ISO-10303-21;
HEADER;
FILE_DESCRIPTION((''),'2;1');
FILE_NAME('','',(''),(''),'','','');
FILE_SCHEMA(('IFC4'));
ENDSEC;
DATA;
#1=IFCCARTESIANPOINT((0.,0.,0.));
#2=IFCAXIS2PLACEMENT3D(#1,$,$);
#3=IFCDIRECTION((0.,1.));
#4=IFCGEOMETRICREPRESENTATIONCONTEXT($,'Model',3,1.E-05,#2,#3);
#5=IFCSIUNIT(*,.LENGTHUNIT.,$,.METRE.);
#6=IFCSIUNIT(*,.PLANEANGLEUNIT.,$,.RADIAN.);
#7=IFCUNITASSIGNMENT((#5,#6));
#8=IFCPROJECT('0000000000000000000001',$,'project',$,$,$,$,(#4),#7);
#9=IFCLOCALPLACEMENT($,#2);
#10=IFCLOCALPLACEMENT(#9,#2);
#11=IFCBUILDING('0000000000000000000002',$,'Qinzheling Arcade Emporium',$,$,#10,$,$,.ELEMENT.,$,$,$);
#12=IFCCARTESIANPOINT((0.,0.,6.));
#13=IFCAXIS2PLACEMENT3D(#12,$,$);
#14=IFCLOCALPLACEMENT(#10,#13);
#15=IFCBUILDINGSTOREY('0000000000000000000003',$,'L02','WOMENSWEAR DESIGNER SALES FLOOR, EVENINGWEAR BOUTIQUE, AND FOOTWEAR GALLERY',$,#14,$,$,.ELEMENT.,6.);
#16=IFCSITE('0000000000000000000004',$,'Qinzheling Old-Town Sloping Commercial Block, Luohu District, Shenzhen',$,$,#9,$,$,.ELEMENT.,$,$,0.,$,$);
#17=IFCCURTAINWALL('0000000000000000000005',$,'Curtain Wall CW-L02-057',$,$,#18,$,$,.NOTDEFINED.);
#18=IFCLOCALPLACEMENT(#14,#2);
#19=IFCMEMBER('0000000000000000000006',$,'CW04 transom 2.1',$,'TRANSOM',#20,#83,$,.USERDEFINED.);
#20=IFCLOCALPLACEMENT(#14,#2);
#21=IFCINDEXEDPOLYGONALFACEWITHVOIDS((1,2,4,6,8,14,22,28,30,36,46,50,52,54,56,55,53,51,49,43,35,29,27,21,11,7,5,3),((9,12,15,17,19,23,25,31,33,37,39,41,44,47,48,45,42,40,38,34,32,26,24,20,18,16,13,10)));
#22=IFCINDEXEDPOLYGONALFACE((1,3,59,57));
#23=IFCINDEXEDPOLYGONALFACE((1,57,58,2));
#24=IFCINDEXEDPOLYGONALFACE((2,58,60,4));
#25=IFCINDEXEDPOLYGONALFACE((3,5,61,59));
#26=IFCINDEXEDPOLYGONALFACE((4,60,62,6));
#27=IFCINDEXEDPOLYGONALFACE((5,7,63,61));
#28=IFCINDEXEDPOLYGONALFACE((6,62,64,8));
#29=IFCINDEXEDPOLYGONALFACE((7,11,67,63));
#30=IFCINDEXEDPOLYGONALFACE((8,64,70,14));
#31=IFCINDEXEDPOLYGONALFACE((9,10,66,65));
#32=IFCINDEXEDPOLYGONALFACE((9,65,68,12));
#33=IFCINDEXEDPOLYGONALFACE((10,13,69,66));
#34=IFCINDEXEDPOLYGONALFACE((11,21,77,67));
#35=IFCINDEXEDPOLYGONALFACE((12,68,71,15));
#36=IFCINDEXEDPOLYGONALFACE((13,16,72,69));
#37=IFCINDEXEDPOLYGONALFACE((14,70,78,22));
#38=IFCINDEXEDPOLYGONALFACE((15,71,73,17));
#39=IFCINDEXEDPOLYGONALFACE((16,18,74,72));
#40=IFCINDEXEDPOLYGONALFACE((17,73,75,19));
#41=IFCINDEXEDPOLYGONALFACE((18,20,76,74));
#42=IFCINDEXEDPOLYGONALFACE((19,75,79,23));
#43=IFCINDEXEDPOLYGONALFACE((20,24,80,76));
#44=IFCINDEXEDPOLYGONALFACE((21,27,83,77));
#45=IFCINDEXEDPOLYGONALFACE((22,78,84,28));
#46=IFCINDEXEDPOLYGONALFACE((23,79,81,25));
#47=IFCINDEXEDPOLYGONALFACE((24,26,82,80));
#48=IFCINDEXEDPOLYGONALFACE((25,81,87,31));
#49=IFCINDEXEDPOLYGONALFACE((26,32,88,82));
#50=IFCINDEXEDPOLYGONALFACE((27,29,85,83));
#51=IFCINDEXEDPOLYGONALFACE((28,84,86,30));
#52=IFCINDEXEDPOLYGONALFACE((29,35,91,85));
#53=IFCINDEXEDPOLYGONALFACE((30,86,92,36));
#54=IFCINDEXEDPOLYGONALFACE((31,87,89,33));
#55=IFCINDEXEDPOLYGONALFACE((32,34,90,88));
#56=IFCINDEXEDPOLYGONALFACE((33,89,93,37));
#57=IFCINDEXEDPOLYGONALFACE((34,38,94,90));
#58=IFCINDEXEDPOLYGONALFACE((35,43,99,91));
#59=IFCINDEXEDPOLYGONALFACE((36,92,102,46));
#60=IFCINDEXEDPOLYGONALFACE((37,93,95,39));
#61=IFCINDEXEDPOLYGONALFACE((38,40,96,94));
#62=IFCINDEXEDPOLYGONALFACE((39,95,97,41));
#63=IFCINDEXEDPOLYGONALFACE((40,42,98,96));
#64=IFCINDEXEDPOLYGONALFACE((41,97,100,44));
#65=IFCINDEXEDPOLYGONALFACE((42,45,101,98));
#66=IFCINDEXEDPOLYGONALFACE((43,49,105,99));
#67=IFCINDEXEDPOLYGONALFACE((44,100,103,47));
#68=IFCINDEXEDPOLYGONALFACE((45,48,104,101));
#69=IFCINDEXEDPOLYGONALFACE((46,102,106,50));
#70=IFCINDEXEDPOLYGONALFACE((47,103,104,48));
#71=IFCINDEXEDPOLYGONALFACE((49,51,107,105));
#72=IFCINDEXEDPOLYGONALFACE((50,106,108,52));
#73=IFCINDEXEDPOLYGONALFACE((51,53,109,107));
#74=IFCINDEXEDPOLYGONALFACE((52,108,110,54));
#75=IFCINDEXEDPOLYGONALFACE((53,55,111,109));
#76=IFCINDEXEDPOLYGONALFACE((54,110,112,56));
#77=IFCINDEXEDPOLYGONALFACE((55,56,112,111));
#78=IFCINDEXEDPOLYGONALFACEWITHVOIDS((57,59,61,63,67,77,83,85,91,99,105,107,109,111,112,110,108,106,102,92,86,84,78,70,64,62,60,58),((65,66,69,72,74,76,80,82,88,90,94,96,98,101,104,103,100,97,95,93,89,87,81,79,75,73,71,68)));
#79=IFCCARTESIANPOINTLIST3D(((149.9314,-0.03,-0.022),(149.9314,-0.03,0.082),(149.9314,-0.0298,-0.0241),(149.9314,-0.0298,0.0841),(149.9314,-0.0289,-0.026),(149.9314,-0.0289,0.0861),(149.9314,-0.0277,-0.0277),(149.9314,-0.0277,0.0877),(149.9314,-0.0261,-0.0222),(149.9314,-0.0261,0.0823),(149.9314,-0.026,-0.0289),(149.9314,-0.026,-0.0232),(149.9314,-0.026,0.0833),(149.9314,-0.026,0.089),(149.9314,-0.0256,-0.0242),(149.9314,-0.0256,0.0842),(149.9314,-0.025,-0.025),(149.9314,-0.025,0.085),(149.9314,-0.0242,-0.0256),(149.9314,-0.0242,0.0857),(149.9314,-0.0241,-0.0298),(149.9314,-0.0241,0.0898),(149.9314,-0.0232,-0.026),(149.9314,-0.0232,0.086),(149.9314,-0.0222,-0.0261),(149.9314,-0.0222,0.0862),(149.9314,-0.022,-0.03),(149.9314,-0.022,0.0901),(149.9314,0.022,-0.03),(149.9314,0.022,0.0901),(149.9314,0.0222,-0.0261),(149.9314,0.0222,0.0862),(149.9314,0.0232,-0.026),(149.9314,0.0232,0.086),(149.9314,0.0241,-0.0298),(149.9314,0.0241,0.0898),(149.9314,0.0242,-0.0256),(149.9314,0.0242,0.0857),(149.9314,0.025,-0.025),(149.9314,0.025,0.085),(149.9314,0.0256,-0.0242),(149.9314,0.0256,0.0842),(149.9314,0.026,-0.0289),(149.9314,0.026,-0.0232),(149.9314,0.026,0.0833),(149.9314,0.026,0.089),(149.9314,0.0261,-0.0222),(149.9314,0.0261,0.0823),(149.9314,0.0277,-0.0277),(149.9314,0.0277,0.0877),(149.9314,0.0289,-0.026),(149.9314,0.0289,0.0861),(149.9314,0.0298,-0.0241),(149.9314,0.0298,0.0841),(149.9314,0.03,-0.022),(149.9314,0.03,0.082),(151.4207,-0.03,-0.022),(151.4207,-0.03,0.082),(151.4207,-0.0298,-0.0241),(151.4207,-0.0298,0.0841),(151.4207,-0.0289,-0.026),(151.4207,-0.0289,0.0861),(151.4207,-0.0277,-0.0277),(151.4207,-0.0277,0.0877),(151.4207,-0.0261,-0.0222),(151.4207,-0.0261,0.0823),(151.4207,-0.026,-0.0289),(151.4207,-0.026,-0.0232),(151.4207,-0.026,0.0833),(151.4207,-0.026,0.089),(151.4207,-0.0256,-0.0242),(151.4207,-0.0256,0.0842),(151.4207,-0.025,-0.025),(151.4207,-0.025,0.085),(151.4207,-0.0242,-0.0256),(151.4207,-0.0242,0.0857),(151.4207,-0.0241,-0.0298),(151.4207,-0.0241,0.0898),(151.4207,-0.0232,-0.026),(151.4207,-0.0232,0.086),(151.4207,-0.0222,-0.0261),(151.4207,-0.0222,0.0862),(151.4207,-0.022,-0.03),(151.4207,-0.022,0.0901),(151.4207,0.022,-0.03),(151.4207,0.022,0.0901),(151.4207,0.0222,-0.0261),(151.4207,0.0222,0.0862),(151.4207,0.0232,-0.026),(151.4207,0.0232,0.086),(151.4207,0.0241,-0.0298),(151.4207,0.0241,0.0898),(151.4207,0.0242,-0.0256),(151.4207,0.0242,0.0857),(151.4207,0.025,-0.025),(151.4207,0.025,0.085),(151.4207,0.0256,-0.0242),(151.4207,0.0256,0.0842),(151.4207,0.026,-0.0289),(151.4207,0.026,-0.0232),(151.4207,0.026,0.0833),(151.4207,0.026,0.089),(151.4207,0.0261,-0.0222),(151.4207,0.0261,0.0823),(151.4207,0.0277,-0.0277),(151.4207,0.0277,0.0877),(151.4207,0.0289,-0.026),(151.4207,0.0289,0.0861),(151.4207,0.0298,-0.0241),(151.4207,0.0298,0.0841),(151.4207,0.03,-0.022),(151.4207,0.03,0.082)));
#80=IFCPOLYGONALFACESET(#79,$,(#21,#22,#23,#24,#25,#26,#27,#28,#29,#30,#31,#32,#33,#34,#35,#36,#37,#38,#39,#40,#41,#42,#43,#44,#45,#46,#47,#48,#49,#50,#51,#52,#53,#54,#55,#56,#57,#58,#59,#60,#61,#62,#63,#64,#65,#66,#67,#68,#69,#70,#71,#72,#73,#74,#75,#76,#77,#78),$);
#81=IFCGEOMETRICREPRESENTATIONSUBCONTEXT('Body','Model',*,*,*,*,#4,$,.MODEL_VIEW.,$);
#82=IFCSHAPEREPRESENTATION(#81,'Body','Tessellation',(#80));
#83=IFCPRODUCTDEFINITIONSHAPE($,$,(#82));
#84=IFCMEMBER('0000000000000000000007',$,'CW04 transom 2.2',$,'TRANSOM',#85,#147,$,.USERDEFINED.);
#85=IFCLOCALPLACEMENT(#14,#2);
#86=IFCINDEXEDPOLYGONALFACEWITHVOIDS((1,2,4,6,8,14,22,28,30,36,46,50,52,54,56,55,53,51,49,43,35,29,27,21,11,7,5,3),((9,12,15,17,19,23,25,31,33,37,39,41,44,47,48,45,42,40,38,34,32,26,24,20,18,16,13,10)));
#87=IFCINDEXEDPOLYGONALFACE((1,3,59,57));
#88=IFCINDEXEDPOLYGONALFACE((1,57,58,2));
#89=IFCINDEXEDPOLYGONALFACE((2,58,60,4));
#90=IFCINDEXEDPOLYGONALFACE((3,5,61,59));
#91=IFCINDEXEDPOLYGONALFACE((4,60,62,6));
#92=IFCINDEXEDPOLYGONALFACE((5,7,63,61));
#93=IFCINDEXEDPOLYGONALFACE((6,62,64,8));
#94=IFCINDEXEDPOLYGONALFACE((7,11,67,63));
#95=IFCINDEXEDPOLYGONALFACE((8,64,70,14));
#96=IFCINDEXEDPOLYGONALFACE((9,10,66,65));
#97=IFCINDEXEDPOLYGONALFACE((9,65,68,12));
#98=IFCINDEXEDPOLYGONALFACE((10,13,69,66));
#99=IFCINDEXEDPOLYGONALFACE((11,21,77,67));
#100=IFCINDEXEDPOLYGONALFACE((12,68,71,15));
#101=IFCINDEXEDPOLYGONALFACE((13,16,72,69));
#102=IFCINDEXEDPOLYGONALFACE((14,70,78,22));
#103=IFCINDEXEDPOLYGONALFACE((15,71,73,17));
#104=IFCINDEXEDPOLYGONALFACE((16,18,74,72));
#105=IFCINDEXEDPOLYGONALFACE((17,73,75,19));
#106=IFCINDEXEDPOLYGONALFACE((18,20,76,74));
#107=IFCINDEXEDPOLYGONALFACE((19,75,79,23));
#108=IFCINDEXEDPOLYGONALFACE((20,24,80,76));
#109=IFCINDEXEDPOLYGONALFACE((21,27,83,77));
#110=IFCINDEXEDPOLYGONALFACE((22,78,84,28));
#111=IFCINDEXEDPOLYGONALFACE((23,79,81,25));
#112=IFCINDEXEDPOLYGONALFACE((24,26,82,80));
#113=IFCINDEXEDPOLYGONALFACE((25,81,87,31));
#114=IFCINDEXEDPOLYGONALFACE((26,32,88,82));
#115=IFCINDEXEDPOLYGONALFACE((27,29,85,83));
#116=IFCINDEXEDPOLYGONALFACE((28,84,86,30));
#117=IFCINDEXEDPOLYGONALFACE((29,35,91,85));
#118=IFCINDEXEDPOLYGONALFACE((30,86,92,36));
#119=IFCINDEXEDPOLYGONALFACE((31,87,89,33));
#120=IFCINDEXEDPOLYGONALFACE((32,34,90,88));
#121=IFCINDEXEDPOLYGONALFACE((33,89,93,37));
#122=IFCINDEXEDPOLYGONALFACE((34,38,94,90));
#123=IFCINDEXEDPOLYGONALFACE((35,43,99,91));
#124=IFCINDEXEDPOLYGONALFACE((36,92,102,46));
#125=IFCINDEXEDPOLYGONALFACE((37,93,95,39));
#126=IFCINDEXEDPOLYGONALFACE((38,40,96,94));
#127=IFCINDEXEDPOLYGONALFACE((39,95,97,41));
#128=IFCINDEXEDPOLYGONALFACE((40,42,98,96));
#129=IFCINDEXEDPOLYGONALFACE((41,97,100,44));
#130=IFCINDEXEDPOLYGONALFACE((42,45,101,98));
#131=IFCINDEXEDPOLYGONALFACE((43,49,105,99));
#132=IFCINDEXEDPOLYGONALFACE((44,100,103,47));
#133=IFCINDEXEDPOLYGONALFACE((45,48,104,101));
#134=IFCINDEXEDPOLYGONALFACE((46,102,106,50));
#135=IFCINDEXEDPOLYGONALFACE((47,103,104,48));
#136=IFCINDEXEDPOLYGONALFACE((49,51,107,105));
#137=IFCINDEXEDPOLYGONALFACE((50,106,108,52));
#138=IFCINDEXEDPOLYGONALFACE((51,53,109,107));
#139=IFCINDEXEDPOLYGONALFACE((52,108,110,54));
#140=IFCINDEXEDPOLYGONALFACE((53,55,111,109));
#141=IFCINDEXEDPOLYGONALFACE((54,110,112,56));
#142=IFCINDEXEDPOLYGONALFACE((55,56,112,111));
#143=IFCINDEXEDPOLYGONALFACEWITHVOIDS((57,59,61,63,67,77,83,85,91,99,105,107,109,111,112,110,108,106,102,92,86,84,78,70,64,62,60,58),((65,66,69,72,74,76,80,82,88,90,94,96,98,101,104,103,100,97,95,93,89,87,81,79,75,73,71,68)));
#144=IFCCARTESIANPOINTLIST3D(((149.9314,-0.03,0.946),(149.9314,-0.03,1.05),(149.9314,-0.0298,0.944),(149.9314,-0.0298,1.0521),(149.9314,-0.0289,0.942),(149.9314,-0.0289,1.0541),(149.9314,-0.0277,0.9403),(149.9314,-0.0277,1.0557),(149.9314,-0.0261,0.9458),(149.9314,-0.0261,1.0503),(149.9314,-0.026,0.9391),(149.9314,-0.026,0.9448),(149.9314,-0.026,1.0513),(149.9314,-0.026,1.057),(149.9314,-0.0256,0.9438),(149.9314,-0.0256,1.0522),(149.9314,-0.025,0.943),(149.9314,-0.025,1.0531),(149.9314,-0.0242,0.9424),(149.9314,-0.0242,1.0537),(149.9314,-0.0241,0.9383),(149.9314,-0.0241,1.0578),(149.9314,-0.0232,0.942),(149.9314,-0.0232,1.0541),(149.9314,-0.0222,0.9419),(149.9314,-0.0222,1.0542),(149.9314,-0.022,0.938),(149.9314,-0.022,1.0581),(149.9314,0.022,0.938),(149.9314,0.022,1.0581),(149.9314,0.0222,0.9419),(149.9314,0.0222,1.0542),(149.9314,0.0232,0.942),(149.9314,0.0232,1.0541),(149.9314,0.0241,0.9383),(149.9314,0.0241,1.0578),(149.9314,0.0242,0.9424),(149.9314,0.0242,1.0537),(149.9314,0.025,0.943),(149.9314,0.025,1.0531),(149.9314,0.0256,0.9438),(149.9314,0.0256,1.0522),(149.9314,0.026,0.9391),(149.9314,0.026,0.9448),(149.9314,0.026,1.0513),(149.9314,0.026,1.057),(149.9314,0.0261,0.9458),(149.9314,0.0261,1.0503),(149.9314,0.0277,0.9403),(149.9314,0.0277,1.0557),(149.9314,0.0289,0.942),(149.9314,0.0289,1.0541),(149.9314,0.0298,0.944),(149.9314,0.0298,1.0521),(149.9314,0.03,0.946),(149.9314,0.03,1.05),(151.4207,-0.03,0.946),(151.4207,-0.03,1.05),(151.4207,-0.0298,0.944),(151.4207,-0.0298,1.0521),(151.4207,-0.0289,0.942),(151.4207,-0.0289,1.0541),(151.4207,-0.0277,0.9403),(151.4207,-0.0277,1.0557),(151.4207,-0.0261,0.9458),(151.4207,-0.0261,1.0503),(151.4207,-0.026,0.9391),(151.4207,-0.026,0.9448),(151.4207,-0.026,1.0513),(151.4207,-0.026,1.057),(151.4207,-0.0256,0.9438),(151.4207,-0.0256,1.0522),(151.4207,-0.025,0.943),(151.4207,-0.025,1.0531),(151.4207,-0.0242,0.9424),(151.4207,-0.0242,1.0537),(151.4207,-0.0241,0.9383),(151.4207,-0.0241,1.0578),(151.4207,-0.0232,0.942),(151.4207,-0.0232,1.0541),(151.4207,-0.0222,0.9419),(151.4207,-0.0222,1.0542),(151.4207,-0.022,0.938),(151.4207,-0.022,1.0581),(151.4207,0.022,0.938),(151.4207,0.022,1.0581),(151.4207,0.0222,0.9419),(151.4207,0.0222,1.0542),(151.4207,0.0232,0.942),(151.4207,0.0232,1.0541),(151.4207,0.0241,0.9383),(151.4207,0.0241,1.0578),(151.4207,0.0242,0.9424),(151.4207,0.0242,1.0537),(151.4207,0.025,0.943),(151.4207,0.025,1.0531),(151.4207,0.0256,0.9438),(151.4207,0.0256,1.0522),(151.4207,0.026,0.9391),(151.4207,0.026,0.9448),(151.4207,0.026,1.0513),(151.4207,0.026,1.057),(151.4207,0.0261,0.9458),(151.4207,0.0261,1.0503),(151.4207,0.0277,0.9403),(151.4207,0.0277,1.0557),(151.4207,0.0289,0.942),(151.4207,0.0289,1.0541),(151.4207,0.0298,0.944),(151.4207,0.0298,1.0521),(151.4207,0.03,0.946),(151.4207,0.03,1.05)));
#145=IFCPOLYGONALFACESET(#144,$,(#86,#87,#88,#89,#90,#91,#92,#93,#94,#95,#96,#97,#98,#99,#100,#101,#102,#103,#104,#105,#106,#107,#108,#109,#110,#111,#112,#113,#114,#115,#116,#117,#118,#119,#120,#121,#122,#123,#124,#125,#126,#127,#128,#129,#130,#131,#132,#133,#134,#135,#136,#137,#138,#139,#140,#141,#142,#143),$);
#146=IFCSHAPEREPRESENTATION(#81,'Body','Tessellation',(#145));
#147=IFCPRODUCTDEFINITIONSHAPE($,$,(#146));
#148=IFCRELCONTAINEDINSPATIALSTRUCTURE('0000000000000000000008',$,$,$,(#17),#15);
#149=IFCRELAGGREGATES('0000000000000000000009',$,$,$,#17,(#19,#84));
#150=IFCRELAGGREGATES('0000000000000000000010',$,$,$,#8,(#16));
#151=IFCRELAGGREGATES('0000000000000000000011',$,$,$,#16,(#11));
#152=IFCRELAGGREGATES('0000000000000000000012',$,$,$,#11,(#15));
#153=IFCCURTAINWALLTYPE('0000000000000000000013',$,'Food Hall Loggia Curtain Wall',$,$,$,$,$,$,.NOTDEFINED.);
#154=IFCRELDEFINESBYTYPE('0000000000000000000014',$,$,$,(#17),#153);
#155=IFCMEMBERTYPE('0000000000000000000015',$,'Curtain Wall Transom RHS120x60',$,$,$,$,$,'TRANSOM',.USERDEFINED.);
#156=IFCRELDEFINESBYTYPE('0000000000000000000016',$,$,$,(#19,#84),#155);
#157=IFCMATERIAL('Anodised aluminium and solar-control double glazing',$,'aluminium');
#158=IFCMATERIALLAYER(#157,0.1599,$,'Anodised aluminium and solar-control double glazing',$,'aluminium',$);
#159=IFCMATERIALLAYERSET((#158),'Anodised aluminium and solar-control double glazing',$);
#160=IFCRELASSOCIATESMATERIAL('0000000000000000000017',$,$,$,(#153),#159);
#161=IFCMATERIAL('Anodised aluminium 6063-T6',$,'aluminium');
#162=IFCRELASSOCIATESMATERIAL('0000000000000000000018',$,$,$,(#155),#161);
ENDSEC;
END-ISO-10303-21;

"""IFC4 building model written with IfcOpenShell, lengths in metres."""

from ifc_helpers import new_model, si_unit, direction, frame, origin, origin_2d, place, context, subcontext, project, spatial, hollow_rectangle, extrude, material, layer, layer_set, material_profile, profile_set, type_object, element, aggregate, save


model = new_model("IFC4")

# Units and contexts
model_context = context("Model", 3, precision=1e-05, world=origin(), true_north=direction((0.0, 1.0)))
body_context = subcontext(model_context, "Body", "Model", "MODEL_VIEW")
ifc_project = project(units=[si_unit("LENGTHUNIT", "METRE"), si_unit("PLANEANGLEUNIT", "RADIAN")], contexts=[model_context])

# Site, building, storey
site_placement = place(None, origin())
site = spatial("IfcSite", under=ifc_project, at=site_placement, Name="Qinzheling Old-Town Sloping Commercial Block, Luohu District, Shenzhen", CompositionType="ELEMENT", RefElevation=0.0)
building_placement = place(site_placement, origin())
building = spatial("IfcBuilding", under=site, at=building_placement, Name="Qinzheling Arcade Emporium", CompositionType="ELEMENT")
storey_placement = place(building_placement, frame((0.0, 0.0, 6.0)))
storey = spatial("IfcBuildingStorey", under=building, at=storey_placement, Name="L02", Description="WOMENSWEAR DESIGNER SALES FLOOR, EVENINGWEAR BOUTIQUE, AND FOOTWEAR GALLERY", CompositionType="ELEMENT", Elevation=6.0)

# Shared definitions
ifc_material_1 = material(Name="Anodised aluminium and solar-control double glazing", Category="aluminium")
ifc_material_2 = material(Name="Anodised aluminium 6063-T6", Category="aluminium")

# Curtain wall
ifc_layer_1 = layer(ifc_material_1, 0.1599, Name="Anodised aluminium and solar-control double glazing", Category="aluminium")
ifc_layer_set_1 = layer_set([ifc_layer_1], Name="Anodised aluminium and solar-control double glazing")
curtain_wall_type_1 = type_object("IfcCurtainWallType", Name="Food Hall Loggia Curtain Wall", PredefinedType="NOTDEFINED", material=ifc_layer_set_1)
curtain_wall_1_placement = place(storey_placement, origin())
curtain_wall_1 = element("IfcCurtainWall", 1, at=curtain_wall_1_placement, inside=storey, type_object=curtain_wall_type_1, Name="Curtain Wall CW-L02-057", PredefinedType="NOTDEFINED")

# Members
ifc_material_profile_1 = material_profile(ifc_material_2, hollow_rectangle(XDim=0.0601, YDim=0.1201, WallThickness=0.0039, InnerFilletRadius=0.0039, OuterFilletRadius=0.0081, at=origin_2d()), Name="RHS 120x60x4", Category="aluminium")
ifc_profile_set_1 = profile_set([ifc_material_profile_1], Name="Anodised aluminium 6063-T6")
member_type_1 = type_object("IfcMemberType", Name="Curtain Wall Transom RHS120x60", ElementType="TRANSOM", PredefinedType="USERDEFINED", material=ifc_profile_set_1)
member_1_placement = place(storey_placement, frame((151.4207, 0.0, 0.03), z_axis=(-1.0, 0.0, 0.0), x_axis=(0.0, -1.0, 0.0)))
member_1 = element("IfcMember", 2, at=member_1_placement, type_object=member_type_1, Name="CW04 transom 2.1", ObjectType="TRANSOM", PredefinedType="USERDEFINED", context=body_context, shape_type="SweptSolid", body=[
    extrude(hollow_rectangle(XDim=0.0601, YDim=0.1201, WallThickness=0.0039, InnerFilletRadius=0.0039, OuterFilletRadius=0.0081, at=origin_2d()), origin(), (0.0, 0.0, 1.0), 1.4893),
])
member_2_placement = place(storey_placement, frame((151.4207, 0.0, 0.998), z_axis=(-1.0, 0.0, 0.0), x_axis=(0.0, -1.0, 0.0)))
member_2 = element("IfcMember", 3, at=member_2_placement, type_object=member_type_1, Name="CW04 transom 2.2", ObjectType="TRANSOM", PredefinedType="USERDEFINED", context=body_context, shape_type="SweptSolid", body=[
    extrude(hollow_rectangle(XDim=0.0601, YDim=0.1201, WallThickness=0.0039, InnerFilletRadius=0.0039, OuterFilletRadius=0.0081, at=origin_2d()), origin(), (0.0, 0.0, 1.0), 1.4893),
])

aggregate(curtain_wall_1, [member_1, member_2])

save(model, "model.ifc")
